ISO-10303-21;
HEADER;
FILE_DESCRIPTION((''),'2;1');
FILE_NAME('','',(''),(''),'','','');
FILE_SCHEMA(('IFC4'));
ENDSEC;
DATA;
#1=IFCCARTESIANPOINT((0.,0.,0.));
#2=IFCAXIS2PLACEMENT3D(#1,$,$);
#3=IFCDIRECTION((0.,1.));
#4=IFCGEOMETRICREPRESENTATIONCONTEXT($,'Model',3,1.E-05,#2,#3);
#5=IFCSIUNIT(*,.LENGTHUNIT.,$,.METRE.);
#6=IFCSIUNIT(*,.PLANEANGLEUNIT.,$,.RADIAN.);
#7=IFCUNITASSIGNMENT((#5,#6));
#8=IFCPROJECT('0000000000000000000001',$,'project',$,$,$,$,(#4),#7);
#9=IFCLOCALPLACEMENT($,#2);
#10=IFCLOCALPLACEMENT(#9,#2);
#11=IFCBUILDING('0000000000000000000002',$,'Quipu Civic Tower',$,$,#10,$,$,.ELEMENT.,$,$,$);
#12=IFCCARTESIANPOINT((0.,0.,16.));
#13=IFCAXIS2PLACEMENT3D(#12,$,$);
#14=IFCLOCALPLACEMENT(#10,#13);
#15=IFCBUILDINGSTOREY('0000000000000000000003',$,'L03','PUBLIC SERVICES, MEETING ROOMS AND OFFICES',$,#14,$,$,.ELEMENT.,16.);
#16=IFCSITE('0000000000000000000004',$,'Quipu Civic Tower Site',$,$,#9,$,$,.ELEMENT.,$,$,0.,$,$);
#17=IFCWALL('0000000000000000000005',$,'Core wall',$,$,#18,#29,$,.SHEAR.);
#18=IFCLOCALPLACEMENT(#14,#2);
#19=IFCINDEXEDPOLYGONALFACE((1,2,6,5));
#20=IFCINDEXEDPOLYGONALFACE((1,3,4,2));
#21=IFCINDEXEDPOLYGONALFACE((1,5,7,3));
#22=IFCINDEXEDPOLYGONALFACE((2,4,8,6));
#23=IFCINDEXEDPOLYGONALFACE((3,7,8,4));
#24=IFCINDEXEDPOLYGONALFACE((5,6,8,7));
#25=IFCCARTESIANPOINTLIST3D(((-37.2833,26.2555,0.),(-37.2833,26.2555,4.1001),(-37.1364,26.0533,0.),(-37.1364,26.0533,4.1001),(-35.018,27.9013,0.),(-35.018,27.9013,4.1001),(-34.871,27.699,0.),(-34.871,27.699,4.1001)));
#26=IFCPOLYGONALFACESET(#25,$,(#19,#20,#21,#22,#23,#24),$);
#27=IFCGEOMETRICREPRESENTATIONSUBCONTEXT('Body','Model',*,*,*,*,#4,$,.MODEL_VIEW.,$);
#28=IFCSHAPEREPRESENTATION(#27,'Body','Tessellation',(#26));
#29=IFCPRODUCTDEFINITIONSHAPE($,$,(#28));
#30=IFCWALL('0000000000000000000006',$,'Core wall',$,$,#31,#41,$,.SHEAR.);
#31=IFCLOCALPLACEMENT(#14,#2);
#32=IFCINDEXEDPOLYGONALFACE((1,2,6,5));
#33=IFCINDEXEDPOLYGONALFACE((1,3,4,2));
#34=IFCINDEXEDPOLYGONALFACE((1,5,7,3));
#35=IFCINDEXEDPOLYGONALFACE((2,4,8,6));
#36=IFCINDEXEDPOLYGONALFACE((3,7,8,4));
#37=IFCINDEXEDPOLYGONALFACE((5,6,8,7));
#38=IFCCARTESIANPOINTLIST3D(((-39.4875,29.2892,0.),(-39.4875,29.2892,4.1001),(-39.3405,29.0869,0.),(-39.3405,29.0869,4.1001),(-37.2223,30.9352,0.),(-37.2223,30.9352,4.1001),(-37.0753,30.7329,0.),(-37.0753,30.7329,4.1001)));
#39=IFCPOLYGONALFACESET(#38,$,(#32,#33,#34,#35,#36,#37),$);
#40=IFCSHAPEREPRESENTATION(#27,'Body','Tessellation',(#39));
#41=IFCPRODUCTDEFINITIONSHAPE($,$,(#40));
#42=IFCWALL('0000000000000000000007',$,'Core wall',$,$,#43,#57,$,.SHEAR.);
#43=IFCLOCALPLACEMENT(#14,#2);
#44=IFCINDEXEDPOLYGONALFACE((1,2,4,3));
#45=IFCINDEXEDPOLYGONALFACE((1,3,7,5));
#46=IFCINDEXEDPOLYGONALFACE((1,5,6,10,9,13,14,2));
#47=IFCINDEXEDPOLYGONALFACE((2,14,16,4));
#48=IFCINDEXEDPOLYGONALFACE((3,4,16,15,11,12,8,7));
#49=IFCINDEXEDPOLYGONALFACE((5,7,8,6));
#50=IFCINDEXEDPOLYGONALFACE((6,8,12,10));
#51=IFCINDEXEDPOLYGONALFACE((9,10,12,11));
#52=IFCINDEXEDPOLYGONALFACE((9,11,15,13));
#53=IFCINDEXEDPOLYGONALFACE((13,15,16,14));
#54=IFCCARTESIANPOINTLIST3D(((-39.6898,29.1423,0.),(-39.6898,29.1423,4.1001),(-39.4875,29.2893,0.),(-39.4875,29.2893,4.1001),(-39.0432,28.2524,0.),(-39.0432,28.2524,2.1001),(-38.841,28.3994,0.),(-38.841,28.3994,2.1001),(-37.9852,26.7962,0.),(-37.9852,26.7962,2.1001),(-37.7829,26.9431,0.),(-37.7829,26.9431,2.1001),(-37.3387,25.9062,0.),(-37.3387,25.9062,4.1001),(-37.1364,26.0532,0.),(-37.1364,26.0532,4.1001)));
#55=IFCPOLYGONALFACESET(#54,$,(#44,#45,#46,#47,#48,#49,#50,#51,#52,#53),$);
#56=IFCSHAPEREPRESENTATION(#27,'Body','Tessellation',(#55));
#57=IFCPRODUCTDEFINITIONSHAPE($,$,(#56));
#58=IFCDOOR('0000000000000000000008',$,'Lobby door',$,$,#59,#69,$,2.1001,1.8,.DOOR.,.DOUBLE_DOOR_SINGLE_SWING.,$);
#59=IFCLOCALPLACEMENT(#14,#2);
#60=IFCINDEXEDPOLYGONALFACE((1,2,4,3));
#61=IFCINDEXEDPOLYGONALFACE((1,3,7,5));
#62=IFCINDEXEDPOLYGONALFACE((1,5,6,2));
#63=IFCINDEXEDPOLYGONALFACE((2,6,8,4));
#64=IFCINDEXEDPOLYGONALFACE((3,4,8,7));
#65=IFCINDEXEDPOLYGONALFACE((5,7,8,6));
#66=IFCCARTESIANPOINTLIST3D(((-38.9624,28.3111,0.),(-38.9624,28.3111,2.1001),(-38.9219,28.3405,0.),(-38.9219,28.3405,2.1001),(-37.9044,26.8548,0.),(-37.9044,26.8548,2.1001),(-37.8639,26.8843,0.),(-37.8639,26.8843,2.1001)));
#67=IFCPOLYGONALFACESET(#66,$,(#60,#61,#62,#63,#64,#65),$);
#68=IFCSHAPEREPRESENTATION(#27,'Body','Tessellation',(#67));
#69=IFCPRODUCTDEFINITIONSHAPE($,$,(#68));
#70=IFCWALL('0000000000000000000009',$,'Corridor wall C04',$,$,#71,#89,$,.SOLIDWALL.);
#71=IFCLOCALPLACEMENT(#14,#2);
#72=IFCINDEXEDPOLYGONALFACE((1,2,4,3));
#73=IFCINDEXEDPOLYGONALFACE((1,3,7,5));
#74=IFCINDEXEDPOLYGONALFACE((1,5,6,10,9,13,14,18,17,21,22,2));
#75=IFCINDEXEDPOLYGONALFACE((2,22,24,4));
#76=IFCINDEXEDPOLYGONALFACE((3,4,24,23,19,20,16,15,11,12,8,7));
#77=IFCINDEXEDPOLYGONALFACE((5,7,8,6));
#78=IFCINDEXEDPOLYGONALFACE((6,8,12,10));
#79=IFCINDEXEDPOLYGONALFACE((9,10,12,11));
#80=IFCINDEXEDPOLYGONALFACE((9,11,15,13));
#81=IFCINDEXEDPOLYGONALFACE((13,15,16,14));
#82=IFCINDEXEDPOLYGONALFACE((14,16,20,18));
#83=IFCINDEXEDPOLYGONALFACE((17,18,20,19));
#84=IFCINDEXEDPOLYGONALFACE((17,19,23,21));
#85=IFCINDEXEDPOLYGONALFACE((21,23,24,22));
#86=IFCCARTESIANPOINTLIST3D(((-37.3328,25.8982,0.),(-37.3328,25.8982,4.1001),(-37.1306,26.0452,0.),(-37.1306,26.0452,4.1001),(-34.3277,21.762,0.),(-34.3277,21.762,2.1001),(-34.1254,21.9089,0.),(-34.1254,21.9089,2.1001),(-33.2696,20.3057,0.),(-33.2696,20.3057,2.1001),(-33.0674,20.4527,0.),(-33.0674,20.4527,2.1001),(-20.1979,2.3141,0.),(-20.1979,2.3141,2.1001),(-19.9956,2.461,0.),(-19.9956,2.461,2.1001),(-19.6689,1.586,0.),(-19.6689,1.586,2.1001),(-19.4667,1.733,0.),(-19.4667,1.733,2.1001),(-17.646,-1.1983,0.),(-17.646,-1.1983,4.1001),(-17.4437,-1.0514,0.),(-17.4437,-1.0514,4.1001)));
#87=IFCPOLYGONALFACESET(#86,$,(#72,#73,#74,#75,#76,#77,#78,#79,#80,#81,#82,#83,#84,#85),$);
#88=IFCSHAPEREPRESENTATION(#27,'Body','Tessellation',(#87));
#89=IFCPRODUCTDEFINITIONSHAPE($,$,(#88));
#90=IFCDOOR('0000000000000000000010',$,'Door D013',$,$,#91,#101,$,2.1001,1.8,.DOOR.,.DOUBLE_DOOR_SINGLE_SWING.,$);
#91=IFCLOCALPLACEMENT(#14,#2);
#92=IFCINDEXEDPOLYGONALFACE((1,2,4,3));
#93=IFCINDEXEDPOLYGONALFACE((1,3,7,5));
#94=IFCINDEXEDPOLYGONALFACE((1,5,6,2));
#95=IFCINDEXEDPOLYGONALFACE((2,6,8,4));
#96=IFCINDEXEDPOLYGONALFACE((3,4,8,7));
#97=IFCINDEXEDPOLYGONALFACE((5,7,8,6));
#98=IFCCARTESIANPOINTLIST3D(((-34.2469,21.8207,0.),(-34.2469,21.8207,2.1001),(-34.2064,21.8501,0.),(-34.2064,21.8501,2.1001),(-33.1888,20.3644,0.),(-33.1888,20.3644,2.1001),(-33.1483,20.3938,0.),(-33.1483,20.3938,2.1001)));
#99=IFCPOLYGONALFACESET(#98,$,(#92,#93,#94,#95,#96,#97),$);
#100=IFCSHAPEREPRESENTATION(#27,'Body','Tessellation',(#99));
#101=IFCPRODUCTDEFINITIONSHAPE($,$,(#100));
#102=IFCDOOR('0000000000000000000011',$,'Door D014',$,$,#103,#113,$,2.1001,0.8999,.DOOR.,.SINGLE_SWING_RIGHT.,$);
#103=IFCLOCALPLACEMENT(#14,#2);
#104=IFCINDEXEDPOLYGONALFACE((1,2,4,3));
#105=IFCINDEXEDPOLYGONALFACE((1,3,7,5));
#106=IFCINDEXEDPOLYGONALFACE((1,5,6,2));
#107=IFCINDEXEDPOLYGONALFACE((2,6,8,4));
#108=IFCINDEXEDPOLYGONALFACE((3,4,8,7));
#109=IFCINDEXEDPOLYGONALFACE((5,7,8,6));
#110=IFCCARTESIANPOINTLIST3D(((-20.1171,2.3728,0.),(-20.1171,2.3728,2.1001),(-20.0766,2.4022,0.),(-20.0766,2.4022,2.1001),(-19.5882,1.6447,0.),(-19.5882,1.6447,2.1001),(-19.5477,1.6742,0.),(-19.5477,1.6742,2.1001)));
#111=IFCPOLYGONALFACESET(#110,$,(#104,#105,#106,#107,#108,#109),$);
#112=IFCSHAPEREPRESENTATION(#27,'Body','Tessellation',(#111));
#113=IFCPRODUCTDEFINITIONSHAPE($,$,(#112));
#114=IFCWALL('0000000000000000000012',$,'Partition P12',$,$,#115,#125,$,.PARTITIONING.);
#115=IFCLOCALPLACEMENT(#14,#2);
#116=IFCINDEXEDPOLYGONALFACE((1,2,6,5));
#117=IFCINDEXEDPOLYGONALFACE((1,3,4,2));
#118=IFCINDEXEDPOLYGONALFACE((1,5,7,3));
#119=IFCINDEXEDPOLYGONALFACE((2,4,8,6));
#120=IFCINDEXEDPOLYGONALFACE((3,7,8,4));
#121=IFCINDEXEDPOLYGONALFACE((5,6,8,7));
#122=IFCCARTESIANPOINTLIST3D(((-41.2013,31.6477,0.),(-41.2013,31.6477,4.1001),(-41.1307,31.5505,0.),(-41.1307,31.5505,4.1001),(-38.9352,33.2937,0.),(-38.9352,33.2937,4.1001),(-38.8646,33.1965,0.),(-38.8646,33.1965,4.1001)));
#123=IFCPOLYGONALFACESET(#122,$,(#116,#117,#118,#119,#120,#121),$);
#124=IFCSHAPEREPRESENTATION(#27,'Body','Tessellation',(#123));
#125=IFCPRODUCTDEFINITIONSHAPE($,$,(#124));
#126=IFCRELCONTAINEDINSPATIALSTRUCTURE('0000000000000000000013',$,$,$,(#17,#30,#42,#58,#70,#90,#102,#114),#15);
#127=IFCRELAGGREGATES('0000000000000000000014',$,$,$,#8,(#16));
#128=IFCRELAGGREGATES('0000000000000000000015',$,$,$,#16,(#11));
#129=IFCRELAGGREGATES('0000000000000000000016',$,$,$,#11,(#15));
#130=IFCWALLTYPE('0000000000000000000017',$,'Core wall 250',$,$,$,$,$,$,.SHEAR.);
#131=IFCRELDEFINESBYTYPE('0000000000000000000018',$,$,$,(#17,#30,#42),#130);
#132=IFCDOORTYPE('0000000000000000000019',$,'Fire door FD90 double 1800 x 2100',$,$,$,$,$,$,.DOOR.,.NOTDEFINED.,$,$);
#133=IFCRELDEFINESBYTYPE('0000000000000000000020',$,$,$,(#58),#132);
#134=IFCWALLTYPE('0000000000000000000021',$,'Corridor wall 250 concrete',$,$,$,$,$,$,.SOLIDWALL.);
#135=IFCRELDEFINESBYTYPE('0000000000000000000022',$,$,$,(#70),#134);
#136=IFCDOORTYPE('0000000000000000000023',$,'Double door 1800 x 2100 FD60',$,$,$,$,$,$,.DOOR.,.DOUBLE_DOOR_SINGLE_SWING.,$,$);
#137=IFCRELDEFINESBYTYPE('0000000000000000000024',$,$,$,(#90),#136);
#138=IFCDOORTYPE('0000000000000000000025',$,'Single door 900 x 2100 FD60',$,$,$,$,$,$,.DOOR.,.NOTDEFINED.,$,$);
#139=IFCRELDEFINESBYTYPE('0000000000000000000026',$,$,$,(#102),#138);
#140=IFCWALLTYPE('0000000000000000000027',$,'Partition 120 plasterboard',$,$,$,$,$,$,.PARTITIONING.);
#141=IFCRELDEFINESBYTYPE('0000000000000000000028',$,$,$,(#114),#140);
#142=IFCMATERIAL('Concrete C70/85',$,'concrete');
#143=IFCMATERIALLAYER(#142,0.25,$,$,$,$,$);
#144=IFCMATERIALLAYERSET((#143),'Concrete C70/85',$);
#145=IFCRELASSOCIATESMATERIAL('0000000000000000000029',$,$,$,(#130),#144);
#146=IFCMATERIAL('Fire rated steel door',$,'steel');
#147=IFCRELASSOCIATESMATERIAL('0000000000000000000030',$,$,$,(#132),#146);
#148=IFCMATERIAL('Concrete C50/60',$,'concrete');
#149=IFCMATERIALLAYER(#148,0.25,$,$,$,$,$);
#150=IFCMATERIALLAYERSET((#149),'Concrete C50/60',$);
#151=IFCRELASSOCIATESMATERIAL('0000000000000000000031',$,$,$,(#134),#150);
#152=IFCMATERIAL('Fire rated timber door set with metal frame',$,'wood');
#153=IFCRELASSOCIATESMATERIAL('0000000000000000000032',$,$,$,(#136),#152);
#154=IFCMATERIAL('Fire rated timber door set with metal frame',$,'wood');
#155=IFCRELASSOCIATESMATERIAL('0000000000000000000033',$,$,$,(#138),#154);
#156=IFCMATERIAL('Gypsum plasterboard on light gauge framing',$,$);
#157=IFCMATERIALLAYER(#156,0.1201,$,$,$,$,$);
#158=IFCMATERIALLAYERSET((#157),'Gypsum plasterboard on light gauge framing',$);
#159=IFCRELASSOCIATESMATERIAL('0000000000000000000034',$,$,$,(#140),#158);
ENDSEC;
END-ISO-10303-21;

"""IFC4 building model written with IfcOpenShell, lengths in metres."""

from ifc_helpers import new_model, si_unit, direction, frame, frame_2d, origin, place, context, subcontext, project, spatial, rectangle, extrude, material, layer, layer_set, type_object, element, fill, save


model = new_model("IFC4")

# Units and contexts
model_context = context("Model", 3, precision=1e-05, world=origin(), true_north=direction((0.0, 1.0)))
body_context = subcontext(model_context, "Body", "Model", "MODEL_VIEW")
ifc_project = project(units=[si_unit("LENGTHUNIT", "METRE"), si_unit("PLANEANGLEUNIT", "RADIAN")], contexts=[model_context])

# Site, building, storey
site_placement = place(None, origin())
site = spatial("IfcSite", under=ifc_project, at=site_placement, Name="Quipu Civic Tower Site", CompositionType="ELEMENT", RefElevation=0.0)
building_placement = place(site_placement, origin())
building = spatial("IfcBuilding", under=site, at=building_placement, Name="Quipu Civic Tower", CompositionType="ELEMENT")
storey_placement = place(building_placement, frame((0.0, 0.0, 16.0)))
storey = spatial("IfcBuildingStorey", under=building, at=storey_placement, Name="L03", Description="PUBLIC SERVICES, MEETING ROOMS AND OFFICES", CompositionType="ELEMENT", Elevation=16.0)

# Shared definitions
ifc_material_1 = material(Name="Concrete C70/85", Category="concrete")
ifc_layer_1 = layer(ifc_material_1, 0.25)
ifc_layer_set_1 = layer_set([ifc_layer_1], Name="Concrete C70/85")
wall_type_1 = type_object("IfcWallType", Name="Core wall 250", PredefinedType="SHEAR", material=ifc_layer_set_1)

# Walls
for number, where, z_axis, x_axis, name in (
    (1, (-34.9446, 27.8, 0.0), (0.0, 0.0, 1.0), (-0.809041, -0.587752, 0.0), "Core wall"),
    (2, (-37.1489, 30.834, 0.0), (0.0, 0.0, 1.0), (-0.80897, -0.58785, 0.0), "Core wall"),
):
    element("IfcWall", number, at=place(storey_placement, frame(where, z_axis=z_axis, x_axis=x_axis)), inside=storey, type_object=wall_type_1, Name=name, PredefinedType="SHEAR", context=body_context, shape_type="SweptSolid", body=[
        extrude(rectangle(XDim=2.8, YDim=0.25, at=frame_2d((1.3999, 0.0))), origin(), (0.0, 0.0, 1.0), 4.1001),
    ])

# Wall, opening, door
wall_1_placement = place(storey_placement, frame((-39.5886, 29.2158, 0.0), z_axis=(0.0, 0.0, 1.0), x_axis=(0.587772, -0.809026, 0.0)))
wall_1 = element("IfcWall", 3, at=wall_1_placement, inside=storey, type_object=wall_type_1, Name="Core wall", PredefinedType="SHEAR", context=body_context, shape_type="SweptSolid", body=[
    extrude(rectangle(XDim=4.0, YDim=0.25, at=frame_2d((2.0, 0.0))), origin(), (0.0, 0.0, 1.0), 4.1001),
])
opening_1_placement = place(wall_1_placement, frame((1.1001, 0.0, 0.0)))
opening_1 = element("IfcOpeningElement", 4, at=opening_1_placement, cuts=wall_1, PredefinedType="OPENING", context=body_context, shape_type="SweptSolid", body=[
    extrude(rectangle(XDim=1.8, YDim=2.1001, at=frame_2d((0.8999, 1.05))), frame((0.0, 0.135, 0.0), z_axis=(0.0, -1.0, 0.0), x_axis=(1.0, 0.0, 0.0)), (0.0, 0.0, 1.0), 0.27),
])
ifc_material_2 = material(Name="Fire rated steel door", Category="steel")
door_type_1 = type_object("IfcDoorType", Name="Fire door FD90 double 1800 x 2100", OperationType="NOTDEFINED", PredefinedType="DOOR", material=ifc_material_2)
door_1_placement = place(opening_1_placement, origin())
door_1 = element("IfcDoor", 5, at=door_1_placement, inside=storey, type_object=door_type_1, Name="Lobby door", OperationType="DOUBLE_DOOR_SINGLE_SWING", OverallHeight=2.1001, OverallWidth=1.8, PredefinedType="DOOR", context=body_context, shape_type="SweptSolid", body=[
    extrude(rectangle(XDim=1.8, YDim=2.1001, at=frame_2d((0.8999, 1.05))), frame((0.0, 0.0249, 0.0), z_axis=(0.0, -1.0, 0.0), x_axis=(1.0, 0.0, 0.0)), (0.0, 0.0, 1.0), 0.05),
])
fill(opening_1, door_1)

# Wall, openings, doors
ifc_material_3 = material(Name="Concrete C50/60", Category="concrete")
ifc_layer_2 = layer(ifc_material_3, 0.25)
ifc_layer_set_2 = layer_set([ifc_layer_2], Name="Concrete C50/60")
wall_type_2 = type_object("IfcWallType", Name="Corridor wall 250 concrete", PredefinedType="SOLIDWALL", material=ifc_layer_set_2)
wall_2_placement = place(storey_placement, frame((-37.2317, 25.9717, 0.0), z_axis=(0.0, 0.0, 1.0), x_axis=(0.587786, -0.809016, 0.0)))
wall_2 = element("IfcWall", 6, at=wall_2_placement, inside=storey, type_object=wall_type_2, Name="Corridor wall C04", PredefinedType="SOLIDWALL", context=body_context, shape_type="SweptSolid", body=[
    extrude(rectangle(XDim=33.4932, YDim=0.25, at=frame_2d((16.7466, 0.0))), origin(), (0.0, 0.0, 1.0), 4.1001),
])
opening_2_placement = place(wall_2_placement, frame((29.1516, 0.0, 0.0)))
opening_2 = element("IfcOpeningElement", 7, at=opening_2_placement, cuts=wall_2, PredefinedType="OPENING", context=body_context, shape_type="SweptSolid", body=[
    extrude(rectangle(XDim=0.8999, YDim=2.1001, at=frame_2d((0.45, 1.05))), frame((0.0, 0.135, 0.0), z_axis=(0.0, -1.0, 0.0), x_axis=(1.0, 0.0, 0.0)), (0.0, 0.0, 1.0), 0.27),
])
opening_3_placement = place(wall_2_placement, frame((5.1128, 0.0, 0.0)))
opening_3 = element("IfcOpeningElement", 8, at=opening_3_placement, cuts=wall_2, PredefinedType="OPENING", context=body_context, shape_type="SweptSolid", body=[
    extrude(rectangle(XDim=1.8, YDim=2.1001, at=frame_2d((0.8999, 1.05))), frame((0.0, 0.135, 0.0), z_axis=(0.0, -1.0, 0.0), x_axis=(1.0, 0.0, 0.0)), (0.0, 0.0, 1.0), 0.27),
])
ifc_material_4 = material(Name="Fire rated timber door set with metal frame", Category="wood")
door_type_2 = type_object("IfcDoorType", Name="Double door 1800 x 2100 FD60", OperationType="DOUBLE_DOOR_SINGLE_SWING", PredefinedType="DOOR", material=ifc_material_4)
door_2_placement = place(opening_3_placement, origin())
door_2 = element("IfcDoor", 9, at=door_2_placement, inside=storey, type_object=door_type_2, Name="Door D013", OperationType="DOUBLE_DOOR_SINGLE_SWING", OverallHeight=2.1001, OverallWidth=1.8, PredefinedType="DOOR", context=body_context, shape_type="SweptSolid", body=[
    extrude(rectangle(XDim=1.8, YDim=2.1001, at=frame_2d((0.8999, 1.05))), frame((0.0, 0.0249, 0.0), z_axis=(0.0, -1.0, 0.0), x_axis=(1.0, 0.0, 0.0)), (0.0, 0.0, 1.0), 0.05),
])
fill(opening_3, door_2)
ifc_material_5 = material(Name="Fire rated timber door set with metal frame", Category="wood")
door_type_3 = type_object("IfcDoorType", Name="Single door 900 x 2100 FD60", OperationType="NOTDEFINED", PredefinedType="DOOR", material=ifc_material_5)
door_3_placement = place(opening_2_placement, origin())
door_3 = element("IfcDoor", 10, at=door_3_placement, inside=storey, type_object=door_type_3, Name="Door D014", OperationType="SINGLE_SWING_RIGHT", OverallHeight=2.1001, OverallWidth=0.8999, PredefinedType="DOOR", context=body_context, shape_type="SweptSolid", body=[
    extrude(rectangle(XDim=0.8999, YDim=2.1001, at=frame_2d((0.45, 1.05))), frame((0.0, 0.0249, 0.0), z_axis=(0.0, -1.0, 0.0), x_axis=(1.0, 0.0, 0.0)), (0.0, 0.0, 1.0), 0.05),
])
fill(opening_2, door_3)

# Wall
ifc_material_6 = material(Name="Gypsum plasterboard on light gauge framing")
ifc_layer_3 = layer(ifc_material_6, 0.1201)
ifc_layer_set_3 = layer_set([ifc_layer_3], Name="Gypsum plasterboard on light gauge framing")
wall_type_3 = type_object("IfcWallType", Name="Partition 120 plasterboard", PredefinedType="PARTITIONING", material=ifc_layer_set_3)
wall_3_placement = place(storey_placement, frame((-41.166, 31.5991, 0.0), z_axis=(0.0, 0.0, 1.0), x_axis=(0.80909, 0.587684, 0.0)))
element("IfcWall", 11, at=wall_3_placement, inside=storey, type_object=wall_type_3, Name="Partition P12", PredefinedType="PARTITIONING", context=body_context, shape_type="SweptSolid", body=[
    extrude(rectangle(XDim=2.8008, YDim=0.1201, at=frame_2d((1.4004, 0.0))), origin(), (0.0, 0.0, 1.0), 4.1001),
])

save(model, "model.ifc")
